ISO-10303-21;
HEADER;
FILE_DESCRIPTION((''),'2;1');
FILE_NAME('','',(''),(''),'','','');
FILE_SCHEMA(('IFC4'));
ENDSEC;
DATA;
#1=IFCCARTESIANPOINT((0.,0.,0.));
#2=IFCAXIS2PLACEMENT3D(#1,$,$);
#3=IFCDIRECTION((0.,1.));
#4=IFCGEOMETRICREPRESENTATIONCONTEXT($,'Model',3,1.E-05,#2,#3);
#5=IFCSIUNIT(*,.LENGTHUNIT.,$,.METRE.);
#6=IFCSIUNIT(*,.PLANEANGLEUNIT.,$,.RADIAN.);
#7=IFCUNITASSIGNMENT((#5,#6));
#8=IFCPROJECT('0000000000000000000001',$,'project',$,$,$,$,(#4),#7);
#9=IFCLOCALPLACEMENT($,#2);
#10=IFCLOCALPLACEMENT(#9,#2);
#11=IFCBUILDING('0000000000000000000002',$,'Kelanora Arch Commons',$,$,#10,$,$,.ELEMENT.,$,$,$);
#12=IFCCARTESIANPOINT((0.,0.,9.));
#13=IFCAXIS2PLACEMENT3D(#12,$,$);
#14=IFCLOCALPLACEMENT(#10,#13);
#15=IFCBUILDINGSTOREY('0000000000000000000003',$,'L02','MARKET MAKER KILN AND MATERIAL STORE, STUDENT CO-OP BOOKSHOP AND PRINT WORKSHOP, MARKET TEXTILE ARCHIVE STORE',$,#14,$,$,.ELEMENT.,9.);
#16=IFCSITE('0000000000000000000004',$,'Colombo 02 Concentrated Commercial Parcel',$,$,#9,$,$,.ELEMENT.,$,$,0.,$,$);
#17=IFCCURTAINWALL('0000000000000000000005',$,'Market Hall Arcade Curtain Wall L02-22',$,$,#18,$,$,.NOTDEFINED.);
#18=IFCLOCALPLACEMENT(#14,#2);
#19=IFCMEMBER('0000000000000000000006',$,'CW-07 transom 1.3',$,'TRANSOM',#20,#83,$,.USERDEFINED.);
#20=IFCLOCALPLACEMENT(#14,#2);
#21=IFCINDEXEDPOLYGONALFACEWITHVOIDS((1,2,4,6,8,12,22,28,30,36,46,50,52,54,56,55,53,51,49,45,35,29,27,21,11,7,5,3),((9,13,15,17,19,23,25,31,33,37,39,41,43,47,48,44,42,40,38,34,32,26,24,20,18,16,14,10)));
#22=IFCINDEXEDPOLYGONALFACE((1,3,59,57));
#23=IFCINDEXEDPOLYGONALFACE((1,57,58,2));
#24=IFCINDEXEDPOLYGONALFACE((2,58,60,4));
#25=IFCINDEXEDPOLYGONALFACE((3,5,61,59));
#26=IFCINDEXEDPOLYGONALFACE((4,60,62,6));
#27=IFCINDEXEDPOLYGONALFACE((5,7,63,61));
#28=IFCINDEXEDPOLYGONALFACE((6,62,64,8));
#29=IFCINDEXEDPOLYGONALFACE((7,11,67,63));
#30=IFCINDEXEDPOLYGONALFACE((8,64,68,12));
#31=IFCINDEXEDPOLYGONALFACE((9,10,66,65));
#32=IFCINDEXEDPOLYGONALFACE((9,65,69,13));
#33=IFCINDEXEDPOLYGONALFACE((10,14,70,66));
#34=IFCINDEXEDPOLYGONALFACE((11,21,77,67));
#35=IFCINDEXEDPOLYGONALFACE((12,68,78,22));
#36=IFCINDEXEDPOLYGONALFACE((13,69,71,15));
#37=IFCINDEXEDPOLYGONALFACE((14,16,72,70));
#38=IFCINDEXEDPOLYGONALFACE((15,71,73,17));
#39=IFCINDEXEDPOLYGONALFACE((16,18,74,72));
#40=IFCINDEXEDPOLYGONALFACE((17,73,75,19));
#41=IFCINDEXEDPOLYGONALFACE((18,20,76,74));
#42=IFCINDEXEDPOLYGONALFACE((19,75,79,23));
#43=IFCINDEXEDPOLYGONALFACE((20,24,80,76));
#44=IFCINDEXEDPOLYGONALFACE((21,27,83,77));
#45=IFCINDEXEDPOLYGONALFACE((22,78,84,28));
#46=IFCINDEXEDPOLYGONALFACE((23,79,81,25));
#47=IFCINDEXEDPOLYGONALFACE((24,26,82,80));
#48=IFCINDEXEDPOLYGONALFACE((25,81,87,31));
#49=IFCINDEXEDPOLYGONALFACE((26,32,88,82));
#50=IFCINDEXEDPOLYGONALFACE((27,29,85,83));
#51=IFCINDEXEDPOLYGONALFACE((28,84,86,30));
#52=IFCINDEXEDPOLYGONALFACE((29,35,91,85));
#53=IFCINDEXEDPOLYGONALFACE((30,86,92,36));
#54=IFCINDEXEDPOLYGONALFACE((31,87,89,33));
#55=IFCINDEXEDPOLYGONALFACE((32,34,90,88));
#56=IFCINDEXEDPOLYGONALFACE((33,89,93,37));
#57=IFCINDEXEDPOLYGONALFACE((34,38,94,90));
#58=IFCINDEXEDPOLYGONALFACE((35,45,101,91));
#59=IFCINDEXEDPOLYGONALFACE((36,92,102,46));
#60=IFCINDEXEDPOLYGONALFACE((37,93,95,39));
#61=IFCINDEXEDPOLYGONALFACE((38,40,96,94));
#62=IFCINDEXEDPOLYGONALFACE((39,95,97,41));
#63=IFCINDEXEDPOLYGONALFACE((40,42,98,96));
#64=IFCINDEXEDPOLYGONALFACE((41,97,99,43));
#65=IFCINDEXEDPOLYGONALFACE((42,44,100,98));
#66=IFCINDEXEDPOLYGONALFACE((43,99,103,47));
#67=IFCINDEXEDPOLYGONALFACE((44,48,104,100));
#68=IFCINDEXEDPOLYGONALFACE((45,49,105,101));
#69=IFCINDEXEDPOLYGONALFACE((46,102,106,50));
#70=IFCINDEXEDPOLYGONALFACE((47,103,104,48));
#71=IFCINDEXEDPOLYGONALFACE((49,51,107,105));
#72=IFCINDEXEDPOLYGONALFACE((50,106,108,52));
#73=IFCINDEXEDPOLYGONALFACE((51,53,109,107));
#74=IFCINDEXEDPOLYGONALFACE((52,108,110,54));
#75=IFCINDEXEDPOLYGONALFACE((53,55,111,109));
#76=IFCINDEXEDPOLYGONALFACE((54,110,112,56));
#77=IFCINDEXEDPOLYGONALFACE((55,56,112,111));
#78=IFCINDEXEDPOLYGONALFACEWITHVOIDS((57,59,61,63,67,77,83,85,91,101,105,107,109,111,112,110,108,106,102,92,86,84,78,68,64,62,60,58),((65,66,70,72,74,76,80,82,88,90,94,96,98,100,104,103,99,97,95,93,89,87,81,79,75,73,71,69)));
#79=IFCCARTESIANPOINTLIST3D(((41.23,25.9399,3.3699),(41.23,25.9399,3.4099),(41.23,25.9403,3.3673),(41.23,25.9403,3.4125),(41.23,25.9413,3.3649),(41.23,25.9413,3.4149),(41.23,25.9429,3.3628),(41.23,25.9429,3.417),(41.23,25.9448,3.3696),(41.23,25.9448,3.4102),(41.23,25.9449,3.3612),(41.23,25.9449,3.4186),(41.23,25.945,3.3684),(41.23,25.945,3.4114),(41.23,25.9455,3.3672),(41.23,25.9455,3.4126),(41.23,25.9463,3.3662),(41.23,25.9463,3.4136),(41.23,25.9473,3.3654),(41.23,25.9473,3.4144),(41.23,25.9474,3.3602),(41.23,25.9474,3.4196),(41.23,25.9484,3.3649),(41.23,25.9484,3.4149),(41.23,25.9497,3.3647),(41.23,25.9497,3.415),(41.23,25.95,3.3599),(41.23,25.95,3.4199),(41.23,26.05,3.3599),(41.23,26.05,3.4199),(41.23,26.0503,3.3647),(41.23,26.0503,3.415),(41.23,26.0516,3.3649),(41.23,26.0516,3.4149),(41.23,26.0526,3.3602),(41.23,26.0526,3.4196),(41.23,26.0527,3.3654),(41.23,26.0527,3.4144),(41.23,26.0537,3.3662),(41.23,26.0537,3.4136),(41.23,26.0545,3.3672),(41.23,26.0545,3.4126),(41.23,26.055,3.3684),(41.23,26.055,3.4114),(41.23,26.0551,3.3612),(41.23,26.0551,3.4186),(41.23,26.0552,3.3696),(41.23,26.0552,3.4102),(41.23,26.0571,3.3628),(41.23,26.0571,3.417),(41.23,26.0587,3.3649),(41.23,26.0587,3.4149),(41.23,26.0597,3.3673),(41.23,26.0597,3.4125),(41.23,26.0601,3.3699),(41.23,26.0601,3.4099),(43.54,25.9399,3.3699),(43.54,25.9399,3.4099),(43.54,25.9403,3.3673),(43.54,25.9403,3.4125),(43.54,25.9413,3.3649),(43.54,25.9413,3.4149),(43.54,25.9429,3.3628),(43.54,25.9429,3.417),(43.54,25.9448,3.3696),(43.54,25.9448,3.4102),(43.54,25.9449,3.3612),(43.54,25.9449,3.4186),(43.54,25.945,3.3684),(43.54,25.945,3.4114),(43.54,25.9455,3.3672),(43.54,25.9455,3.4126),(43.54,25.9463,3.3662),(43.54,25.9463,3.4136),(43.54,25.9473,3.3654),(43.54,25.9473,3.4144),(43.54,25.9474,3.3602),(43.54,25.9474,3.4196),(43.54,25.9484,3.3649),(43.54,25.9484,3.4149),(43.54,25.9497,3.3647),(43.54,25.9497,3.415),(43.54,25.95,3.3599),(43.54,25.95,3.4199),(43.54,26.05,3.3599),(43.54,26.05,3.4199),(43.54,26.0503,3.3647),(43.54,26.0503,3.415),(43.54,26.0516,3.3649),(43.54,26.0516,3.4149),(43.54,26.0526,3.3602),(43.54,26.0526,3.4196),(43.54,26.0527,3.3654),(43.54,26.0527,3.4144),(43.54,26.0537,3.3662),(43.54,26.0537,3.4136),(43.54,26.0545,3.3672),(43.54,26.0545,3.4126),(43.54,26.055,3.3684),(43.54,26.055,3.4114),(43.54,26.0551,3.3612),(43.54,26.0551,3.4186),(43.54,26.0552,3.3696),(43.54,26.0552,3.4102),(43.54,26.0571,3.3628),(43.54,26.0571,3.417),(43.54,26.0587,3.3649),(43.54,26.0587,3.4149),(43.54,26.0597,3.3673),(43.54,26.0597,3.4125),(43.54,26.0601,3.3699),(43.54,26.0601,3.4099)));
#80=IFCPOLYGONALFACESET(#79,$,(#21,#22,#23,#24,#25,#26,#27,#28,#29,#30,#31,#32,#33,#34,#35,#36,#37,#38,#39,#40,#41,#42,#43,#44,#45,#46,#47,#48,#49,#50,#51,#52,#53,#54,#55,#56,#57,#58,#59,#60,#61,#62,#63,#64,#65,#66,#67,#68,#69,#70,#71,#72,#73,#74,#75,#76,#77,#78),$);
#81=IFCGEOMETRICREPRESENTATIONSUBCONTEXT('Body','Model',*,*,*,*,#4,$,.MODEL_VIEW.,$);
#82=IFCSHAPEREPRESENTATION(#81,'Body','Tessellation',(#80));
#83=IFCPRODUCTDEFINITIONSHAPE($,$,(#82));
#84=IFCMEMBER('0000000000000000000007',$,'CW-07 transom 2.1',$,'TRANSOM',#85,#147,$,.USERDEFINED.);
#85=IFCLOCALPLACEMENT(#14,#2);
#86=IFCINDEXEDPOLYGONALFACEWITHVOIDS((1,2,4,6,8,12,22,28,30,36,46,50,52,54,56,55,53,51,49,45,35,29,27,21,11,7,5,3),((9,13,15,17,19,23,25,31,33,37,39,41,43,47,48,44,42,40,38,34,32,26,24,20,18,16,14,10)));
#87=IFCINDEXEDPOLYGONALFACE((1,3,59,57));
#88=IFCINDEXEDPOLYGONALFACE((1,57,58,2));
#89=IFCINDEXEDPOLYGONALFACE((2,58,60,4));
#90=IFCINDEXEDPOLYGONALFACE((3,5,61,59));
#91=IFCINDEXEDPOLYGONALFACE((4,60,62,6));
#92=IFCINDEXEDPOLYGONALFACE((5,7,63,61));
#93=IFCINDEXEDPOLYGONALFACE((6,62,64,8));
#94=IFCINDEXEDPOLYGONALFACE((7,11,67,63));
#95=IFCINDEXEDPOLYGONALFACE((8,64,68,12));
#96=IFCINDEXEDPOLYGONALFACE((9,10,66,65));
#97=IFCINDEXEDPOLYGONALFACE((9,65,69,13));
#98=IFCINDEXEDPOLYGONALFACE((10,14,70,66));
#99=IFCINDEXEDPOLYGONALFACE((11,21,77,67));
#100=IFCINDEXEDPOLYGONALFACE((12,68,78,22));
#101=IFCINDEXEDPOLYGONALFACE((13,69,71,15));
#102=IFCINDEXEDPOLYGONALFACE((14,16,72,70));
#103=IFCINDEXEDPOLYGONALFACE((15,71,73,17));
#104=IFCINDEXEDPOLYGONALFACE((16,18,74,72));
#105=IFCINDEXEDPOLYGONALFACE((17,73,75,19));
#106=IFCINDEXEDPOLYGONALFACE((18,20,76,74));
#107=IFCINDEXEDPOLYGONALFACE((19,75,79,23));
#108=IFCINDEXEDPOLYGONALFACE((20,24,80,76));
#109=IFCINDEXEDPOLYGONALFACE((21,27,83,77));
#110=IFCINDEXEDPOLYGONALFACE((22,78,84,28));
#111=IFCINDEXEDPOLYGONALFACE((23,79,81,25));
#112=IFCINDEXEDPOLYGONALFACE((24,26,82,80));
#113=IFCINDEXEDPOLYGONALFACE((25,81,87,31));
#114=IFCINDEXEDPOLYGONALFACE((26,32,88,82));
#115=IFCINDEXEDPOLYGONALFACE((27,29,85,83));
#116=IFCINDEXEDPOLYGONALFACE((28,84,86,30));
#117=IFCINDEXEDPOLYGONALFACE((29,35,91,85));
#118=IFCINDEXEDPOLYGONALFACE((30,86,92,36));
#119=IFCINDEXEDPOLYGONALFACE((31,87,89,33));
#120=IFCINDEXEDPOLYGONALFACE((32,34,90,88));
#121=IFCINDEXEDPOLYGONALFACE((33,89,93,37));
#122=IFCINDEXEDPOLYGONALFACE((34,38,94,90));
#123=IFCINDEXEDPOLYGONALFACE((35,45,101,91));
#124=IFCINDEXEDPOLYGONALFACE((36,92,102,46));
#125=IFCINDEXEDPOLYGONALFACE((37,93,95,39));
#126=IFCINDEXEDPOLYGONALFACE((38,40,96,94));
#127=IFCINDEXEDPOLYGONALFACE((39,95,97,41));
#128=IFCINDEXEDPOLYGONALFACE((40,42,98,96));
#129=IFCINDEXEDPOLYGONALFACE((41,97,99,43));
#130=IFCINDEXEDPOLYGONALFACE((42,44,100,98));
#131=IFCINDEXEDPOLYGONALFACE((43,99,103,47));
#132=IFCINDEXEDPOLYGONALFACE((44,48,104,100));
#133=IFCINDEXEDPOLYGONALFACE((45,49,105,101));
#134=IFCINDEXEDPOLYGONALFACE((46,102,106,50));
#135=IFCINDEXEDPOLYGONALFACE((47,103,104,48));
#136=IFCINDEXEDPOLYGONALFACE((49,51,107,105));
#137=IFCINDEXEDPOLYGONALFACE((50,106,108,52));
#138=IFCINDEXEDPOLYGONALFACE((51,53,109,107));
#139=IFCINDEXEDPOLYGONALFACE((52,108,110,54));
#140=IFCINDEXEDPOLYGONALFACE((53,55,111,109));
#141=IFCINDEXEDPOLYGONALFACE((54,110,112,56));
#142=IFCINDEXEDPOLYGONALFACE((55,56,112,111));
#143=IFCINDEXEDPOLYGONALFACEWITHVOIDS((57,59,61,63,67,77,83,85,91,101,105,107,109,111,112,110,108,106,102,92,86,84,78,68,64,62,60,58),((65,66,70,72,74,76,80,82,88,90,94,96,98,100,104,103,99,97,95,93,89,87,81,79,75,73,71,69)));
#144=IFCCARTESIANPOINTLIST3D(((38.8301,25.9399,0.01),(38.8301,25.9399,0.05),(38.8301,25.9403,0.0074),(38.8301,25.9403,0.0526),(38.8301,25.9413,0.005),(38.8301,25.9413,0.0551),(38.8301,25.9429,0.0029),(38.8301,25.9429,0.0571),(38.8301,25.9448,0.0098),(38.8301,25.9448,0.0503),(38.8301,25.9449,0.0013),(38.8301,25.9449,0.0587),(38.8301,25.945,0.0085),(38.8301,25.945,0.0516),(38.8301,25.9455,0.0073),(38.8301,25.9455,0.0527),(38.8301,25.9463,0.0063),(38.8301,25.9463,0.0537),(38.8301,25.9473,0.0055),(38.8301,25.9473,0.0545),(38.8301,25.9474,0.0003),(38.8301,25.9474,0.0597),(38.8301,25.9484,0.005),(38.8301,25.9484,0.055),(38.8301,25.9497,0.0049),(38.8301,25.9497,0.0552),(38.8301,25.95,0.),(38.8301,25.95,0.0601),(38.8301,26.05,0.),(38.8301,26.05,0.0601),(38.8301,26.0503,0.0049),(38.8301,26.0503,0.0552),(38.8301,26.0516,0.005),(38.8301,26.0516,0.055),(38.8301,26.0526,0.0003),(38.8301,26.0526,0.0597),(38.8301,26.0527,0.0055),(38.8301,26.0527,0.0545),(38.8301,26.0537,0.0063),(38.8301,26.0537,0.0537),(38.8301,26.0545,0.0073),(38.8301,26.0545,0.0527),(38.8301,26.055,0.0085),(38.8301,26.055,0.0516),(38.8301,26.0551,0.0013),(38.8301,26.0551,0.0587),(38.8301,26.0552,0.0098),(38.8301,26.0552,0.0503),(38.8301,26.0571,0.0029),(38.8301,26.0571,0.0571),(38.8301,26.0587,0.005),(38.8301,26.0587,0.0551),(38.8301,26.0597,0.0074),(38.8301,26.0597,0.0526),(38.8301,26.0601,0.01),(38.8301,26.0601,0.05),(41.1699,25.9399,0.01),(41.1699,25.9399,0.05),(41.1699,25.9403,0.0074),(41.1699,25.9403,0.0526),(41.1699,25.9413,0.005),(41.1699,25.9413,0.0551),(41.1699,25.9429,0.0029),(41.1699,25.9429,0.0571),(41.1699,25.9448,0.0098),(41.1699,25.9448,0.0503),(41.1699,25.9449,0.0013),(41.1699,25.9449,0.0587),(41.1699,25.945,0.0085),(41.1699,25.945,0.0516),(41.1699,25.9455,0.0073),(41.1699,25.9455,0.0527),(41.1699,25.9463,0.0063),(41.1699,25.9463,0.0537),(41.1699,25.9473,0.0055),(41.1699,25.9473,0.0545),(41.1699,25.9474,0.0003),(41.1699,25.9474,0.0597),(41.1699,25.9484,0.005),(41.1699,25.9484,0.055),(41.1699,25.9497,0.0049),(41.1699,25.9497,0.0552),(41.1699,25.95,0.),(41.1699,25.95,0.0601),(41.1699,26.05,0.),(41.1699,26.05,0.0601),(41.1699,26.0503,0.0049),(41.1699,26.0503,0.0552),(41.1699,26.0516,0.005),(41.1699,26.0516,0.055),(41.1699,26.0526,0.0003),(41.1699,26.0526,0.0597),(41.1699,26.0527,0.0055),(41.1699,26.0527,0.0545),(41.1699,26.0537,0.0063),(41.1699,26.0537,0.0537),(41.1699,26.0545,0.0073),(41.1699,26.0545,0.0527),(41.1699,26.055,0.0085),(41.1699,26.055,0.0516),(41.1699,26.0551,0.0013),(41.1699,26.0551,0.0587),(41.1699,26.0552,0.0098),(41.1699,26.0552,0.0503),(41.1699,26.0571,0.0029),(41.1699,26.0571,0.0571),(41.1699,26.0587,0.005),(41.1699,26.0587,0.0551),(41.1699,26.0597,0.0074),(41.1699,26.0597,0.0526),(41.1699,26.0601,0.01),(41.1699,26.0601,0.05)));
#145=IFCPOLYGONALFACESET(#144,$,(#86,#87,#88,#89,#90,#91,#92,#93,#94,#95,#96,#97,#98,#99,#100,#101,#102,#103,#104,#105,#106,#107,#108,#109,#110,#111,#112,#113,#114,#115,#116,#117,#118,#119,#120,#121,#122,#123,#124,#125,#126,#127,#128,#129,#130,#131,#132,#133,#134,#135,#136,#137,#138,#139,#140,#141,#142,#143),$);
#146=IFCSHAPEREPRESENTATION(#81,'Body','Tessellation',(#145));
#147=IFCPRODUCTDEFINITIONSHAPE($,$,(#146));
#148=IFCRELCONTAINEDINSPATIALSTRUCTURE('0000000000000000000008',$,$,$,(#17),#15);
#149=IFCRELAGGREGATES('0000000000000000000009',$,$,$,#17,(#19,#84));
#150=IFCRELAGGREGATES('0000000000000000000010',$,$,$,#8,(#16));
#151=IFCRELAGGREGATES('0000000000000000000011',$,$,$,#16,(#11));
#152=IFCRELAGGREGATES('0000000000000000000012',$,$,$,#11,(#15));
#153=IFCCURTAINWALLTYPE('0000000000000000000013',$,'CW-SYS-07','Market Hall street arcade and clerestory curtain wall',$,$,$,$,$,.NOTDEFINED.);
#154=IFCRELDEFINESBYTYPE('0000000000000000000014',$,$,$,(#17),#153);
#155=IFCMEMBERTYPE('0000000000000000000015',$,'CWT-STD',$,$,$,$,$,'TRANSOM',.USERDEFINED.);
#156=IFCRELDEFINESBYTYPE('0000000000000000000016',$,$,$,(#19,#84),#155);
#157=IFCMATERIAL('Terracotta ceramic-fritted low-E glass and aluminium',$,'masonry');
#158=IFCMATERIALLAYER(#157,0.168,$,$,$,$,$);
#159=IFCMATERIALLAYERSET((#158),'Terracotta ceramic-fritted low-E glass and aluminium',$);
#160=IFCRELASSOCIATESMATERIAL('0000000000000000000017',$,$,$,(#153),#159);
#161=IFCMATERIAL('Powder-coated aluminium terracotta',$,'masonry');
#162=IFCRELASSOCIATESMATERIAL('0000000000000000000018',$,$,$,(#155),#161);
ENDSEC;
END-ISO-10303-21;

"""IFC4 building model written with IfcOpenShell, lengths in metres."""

from ifc_helpers import new_model, si_unit, direction, frame, origin, origin_2d, place, context, subcontext, project, spatial, hollow_rectangle, extrude, material, layer, layer_set, material_profile, profile_set, type_object, element, aggregate, save


model = new_model("IFC4")

# Units and contexts
model_context = context("Model", 3, precision=1e-05, world=origin(), true_north=direction((0.0, 1.0)))
body_context = subcontext(model_context, "Body", "Model", "MODEL_VIEW")
ifc_project = project(units=[si_unit("LENGTHUNIT", "METRE"), si_unit("PLANEANGLEUNIT", "RADIAN")], contexts=[model_context])

# Site, building, storey
site_placement = place(None, origin())
site = spatial("IfcSite", under=ifc_project, at=site_placement, Name="Colombo 02 Concentrated Commercial Parcel", CompositionType="ELEMENT", RefElevation=0.0)
building_placement = place(site_placement, origin())
building = spatial("IfcBuilding", under=site, at=building_placement, Name="Kelanora Arch Commons", CompositionType="ELEMENT")
storey_placement = place(building_placement, frame((0.0, 0.0, 9.0)))
storey = spatial("IfcBuildingStorey", under=building, at=storey_placement, Name="L02", Description="MARKET MAKER KILN AND MATERIAL STORE, STUDENT CO-OP BOOKSHOP AND PRINT WORKSHOP, MARKET TEXTILE ARCHIVE STORE", CompositionType="ELEMENT", Elevation=9.0)

# Curtain wall, members
ifc_material_1 = material(Name="Terracotta ceramic-fritted low-E glass and aluminium", Category="masonry")
ifc_layer_1 = layer(ifc_material_1, 0.168)
ifc_layer_set_1 = layer_set([ifc_layer_1], Name="Terracotta ceramic-fritted low-E glass and aluminium")
curtain_wall_type = type_object("IfcCurtainWallType", Name="CW-SYS-07", Description="Market Hall street arcade and clerestory curtain wall", PredefinedType="NOTDEFINED", material=ifc_layer_set_1)
curtain_wall_placement = place(storey_placement, origin())
curtain_wall = element("IfcCurtainWall", 1, at=curtain_wall_placement, inside=storey, type_object=curtain_wall_type, Name="Market Hall Arcade Curtain Wall L02-22", PredefinedType="NOTDEFINED")
ifc_material_2 = material(Name="Powder-coated aluminium terracotta", Category="masonry")
ifc_material_profile_1 = material_profile(ifc_material_2, hollow_rectangle(XDim=0.1201, YDim=0.0601, WallThickness=0.0049, InnerFilletRadius=0.0049, OuterFilletRadius=0.01, at=origin_2d()), Name="CWT120x60")
ifc_profile_set_1 = profile_set([ifc_material_profile_1], Name="Powder-coated aluminium terracotta")
member_type_1 = type_object("IfcMemberType", Name="CWT-STD", ElementType="TRANSOM", PredefinedType="USERDEFINED", material=ifc_profile_set_1)
member_1_placement = place(storey_placement, frame((43.54, 26.0, 3.3899), z_axis=(-1.0, 0.0, 0.0), x_axis=(0.0, -1.0, 0.0)))
member_1 = element("IfcMember", 2, at=member_1_placement, type_object=member_type_1, Name="CW-07 transom 1.3", ObjectType="TRANSOM", PredefinedType="USERDEFINED", context=body_context, shape_type="SweptSolid", body=[
    extrude(hollow_rectangle(XDim=0.1201, YDim=0.0601, WallThickness=0.0049, InnerFilletRadius=0.0049, OuterFilletRadius=0.01, at=origin_2d()), origin(), (0.0, 0.0, 1.0), 2.3101),
])
member_2_placement = place(storey_placement, frame((41.1699, 26.0, 0.03), z_axis=(-1.0, 0.0, 0.0), x_axis=(0.0, -1.0, 0.0)))
member_2 = element("IfcMember", 3, at=member_2_placement, type_object=member_type_1, Name="CW-07 transom 2.1", ObjectType="TRANSOM", PredefinedType="USERDEFINED", context=body_context, shape_type="SweptSolid", body=[
    extrude(hollow_rectangle(XDim=0.1201, YDim=0.0601, WallThickness=0.0049, InnerFilletRadius=0.0049, OuterFilletRadius=0.01, at=origin_2d()), origin(), (0.0, 0.0, 1.0), 2.3398),
])
aggregate(curtain_wall, [member_1, member_2])

save(model, "model.ifc")
